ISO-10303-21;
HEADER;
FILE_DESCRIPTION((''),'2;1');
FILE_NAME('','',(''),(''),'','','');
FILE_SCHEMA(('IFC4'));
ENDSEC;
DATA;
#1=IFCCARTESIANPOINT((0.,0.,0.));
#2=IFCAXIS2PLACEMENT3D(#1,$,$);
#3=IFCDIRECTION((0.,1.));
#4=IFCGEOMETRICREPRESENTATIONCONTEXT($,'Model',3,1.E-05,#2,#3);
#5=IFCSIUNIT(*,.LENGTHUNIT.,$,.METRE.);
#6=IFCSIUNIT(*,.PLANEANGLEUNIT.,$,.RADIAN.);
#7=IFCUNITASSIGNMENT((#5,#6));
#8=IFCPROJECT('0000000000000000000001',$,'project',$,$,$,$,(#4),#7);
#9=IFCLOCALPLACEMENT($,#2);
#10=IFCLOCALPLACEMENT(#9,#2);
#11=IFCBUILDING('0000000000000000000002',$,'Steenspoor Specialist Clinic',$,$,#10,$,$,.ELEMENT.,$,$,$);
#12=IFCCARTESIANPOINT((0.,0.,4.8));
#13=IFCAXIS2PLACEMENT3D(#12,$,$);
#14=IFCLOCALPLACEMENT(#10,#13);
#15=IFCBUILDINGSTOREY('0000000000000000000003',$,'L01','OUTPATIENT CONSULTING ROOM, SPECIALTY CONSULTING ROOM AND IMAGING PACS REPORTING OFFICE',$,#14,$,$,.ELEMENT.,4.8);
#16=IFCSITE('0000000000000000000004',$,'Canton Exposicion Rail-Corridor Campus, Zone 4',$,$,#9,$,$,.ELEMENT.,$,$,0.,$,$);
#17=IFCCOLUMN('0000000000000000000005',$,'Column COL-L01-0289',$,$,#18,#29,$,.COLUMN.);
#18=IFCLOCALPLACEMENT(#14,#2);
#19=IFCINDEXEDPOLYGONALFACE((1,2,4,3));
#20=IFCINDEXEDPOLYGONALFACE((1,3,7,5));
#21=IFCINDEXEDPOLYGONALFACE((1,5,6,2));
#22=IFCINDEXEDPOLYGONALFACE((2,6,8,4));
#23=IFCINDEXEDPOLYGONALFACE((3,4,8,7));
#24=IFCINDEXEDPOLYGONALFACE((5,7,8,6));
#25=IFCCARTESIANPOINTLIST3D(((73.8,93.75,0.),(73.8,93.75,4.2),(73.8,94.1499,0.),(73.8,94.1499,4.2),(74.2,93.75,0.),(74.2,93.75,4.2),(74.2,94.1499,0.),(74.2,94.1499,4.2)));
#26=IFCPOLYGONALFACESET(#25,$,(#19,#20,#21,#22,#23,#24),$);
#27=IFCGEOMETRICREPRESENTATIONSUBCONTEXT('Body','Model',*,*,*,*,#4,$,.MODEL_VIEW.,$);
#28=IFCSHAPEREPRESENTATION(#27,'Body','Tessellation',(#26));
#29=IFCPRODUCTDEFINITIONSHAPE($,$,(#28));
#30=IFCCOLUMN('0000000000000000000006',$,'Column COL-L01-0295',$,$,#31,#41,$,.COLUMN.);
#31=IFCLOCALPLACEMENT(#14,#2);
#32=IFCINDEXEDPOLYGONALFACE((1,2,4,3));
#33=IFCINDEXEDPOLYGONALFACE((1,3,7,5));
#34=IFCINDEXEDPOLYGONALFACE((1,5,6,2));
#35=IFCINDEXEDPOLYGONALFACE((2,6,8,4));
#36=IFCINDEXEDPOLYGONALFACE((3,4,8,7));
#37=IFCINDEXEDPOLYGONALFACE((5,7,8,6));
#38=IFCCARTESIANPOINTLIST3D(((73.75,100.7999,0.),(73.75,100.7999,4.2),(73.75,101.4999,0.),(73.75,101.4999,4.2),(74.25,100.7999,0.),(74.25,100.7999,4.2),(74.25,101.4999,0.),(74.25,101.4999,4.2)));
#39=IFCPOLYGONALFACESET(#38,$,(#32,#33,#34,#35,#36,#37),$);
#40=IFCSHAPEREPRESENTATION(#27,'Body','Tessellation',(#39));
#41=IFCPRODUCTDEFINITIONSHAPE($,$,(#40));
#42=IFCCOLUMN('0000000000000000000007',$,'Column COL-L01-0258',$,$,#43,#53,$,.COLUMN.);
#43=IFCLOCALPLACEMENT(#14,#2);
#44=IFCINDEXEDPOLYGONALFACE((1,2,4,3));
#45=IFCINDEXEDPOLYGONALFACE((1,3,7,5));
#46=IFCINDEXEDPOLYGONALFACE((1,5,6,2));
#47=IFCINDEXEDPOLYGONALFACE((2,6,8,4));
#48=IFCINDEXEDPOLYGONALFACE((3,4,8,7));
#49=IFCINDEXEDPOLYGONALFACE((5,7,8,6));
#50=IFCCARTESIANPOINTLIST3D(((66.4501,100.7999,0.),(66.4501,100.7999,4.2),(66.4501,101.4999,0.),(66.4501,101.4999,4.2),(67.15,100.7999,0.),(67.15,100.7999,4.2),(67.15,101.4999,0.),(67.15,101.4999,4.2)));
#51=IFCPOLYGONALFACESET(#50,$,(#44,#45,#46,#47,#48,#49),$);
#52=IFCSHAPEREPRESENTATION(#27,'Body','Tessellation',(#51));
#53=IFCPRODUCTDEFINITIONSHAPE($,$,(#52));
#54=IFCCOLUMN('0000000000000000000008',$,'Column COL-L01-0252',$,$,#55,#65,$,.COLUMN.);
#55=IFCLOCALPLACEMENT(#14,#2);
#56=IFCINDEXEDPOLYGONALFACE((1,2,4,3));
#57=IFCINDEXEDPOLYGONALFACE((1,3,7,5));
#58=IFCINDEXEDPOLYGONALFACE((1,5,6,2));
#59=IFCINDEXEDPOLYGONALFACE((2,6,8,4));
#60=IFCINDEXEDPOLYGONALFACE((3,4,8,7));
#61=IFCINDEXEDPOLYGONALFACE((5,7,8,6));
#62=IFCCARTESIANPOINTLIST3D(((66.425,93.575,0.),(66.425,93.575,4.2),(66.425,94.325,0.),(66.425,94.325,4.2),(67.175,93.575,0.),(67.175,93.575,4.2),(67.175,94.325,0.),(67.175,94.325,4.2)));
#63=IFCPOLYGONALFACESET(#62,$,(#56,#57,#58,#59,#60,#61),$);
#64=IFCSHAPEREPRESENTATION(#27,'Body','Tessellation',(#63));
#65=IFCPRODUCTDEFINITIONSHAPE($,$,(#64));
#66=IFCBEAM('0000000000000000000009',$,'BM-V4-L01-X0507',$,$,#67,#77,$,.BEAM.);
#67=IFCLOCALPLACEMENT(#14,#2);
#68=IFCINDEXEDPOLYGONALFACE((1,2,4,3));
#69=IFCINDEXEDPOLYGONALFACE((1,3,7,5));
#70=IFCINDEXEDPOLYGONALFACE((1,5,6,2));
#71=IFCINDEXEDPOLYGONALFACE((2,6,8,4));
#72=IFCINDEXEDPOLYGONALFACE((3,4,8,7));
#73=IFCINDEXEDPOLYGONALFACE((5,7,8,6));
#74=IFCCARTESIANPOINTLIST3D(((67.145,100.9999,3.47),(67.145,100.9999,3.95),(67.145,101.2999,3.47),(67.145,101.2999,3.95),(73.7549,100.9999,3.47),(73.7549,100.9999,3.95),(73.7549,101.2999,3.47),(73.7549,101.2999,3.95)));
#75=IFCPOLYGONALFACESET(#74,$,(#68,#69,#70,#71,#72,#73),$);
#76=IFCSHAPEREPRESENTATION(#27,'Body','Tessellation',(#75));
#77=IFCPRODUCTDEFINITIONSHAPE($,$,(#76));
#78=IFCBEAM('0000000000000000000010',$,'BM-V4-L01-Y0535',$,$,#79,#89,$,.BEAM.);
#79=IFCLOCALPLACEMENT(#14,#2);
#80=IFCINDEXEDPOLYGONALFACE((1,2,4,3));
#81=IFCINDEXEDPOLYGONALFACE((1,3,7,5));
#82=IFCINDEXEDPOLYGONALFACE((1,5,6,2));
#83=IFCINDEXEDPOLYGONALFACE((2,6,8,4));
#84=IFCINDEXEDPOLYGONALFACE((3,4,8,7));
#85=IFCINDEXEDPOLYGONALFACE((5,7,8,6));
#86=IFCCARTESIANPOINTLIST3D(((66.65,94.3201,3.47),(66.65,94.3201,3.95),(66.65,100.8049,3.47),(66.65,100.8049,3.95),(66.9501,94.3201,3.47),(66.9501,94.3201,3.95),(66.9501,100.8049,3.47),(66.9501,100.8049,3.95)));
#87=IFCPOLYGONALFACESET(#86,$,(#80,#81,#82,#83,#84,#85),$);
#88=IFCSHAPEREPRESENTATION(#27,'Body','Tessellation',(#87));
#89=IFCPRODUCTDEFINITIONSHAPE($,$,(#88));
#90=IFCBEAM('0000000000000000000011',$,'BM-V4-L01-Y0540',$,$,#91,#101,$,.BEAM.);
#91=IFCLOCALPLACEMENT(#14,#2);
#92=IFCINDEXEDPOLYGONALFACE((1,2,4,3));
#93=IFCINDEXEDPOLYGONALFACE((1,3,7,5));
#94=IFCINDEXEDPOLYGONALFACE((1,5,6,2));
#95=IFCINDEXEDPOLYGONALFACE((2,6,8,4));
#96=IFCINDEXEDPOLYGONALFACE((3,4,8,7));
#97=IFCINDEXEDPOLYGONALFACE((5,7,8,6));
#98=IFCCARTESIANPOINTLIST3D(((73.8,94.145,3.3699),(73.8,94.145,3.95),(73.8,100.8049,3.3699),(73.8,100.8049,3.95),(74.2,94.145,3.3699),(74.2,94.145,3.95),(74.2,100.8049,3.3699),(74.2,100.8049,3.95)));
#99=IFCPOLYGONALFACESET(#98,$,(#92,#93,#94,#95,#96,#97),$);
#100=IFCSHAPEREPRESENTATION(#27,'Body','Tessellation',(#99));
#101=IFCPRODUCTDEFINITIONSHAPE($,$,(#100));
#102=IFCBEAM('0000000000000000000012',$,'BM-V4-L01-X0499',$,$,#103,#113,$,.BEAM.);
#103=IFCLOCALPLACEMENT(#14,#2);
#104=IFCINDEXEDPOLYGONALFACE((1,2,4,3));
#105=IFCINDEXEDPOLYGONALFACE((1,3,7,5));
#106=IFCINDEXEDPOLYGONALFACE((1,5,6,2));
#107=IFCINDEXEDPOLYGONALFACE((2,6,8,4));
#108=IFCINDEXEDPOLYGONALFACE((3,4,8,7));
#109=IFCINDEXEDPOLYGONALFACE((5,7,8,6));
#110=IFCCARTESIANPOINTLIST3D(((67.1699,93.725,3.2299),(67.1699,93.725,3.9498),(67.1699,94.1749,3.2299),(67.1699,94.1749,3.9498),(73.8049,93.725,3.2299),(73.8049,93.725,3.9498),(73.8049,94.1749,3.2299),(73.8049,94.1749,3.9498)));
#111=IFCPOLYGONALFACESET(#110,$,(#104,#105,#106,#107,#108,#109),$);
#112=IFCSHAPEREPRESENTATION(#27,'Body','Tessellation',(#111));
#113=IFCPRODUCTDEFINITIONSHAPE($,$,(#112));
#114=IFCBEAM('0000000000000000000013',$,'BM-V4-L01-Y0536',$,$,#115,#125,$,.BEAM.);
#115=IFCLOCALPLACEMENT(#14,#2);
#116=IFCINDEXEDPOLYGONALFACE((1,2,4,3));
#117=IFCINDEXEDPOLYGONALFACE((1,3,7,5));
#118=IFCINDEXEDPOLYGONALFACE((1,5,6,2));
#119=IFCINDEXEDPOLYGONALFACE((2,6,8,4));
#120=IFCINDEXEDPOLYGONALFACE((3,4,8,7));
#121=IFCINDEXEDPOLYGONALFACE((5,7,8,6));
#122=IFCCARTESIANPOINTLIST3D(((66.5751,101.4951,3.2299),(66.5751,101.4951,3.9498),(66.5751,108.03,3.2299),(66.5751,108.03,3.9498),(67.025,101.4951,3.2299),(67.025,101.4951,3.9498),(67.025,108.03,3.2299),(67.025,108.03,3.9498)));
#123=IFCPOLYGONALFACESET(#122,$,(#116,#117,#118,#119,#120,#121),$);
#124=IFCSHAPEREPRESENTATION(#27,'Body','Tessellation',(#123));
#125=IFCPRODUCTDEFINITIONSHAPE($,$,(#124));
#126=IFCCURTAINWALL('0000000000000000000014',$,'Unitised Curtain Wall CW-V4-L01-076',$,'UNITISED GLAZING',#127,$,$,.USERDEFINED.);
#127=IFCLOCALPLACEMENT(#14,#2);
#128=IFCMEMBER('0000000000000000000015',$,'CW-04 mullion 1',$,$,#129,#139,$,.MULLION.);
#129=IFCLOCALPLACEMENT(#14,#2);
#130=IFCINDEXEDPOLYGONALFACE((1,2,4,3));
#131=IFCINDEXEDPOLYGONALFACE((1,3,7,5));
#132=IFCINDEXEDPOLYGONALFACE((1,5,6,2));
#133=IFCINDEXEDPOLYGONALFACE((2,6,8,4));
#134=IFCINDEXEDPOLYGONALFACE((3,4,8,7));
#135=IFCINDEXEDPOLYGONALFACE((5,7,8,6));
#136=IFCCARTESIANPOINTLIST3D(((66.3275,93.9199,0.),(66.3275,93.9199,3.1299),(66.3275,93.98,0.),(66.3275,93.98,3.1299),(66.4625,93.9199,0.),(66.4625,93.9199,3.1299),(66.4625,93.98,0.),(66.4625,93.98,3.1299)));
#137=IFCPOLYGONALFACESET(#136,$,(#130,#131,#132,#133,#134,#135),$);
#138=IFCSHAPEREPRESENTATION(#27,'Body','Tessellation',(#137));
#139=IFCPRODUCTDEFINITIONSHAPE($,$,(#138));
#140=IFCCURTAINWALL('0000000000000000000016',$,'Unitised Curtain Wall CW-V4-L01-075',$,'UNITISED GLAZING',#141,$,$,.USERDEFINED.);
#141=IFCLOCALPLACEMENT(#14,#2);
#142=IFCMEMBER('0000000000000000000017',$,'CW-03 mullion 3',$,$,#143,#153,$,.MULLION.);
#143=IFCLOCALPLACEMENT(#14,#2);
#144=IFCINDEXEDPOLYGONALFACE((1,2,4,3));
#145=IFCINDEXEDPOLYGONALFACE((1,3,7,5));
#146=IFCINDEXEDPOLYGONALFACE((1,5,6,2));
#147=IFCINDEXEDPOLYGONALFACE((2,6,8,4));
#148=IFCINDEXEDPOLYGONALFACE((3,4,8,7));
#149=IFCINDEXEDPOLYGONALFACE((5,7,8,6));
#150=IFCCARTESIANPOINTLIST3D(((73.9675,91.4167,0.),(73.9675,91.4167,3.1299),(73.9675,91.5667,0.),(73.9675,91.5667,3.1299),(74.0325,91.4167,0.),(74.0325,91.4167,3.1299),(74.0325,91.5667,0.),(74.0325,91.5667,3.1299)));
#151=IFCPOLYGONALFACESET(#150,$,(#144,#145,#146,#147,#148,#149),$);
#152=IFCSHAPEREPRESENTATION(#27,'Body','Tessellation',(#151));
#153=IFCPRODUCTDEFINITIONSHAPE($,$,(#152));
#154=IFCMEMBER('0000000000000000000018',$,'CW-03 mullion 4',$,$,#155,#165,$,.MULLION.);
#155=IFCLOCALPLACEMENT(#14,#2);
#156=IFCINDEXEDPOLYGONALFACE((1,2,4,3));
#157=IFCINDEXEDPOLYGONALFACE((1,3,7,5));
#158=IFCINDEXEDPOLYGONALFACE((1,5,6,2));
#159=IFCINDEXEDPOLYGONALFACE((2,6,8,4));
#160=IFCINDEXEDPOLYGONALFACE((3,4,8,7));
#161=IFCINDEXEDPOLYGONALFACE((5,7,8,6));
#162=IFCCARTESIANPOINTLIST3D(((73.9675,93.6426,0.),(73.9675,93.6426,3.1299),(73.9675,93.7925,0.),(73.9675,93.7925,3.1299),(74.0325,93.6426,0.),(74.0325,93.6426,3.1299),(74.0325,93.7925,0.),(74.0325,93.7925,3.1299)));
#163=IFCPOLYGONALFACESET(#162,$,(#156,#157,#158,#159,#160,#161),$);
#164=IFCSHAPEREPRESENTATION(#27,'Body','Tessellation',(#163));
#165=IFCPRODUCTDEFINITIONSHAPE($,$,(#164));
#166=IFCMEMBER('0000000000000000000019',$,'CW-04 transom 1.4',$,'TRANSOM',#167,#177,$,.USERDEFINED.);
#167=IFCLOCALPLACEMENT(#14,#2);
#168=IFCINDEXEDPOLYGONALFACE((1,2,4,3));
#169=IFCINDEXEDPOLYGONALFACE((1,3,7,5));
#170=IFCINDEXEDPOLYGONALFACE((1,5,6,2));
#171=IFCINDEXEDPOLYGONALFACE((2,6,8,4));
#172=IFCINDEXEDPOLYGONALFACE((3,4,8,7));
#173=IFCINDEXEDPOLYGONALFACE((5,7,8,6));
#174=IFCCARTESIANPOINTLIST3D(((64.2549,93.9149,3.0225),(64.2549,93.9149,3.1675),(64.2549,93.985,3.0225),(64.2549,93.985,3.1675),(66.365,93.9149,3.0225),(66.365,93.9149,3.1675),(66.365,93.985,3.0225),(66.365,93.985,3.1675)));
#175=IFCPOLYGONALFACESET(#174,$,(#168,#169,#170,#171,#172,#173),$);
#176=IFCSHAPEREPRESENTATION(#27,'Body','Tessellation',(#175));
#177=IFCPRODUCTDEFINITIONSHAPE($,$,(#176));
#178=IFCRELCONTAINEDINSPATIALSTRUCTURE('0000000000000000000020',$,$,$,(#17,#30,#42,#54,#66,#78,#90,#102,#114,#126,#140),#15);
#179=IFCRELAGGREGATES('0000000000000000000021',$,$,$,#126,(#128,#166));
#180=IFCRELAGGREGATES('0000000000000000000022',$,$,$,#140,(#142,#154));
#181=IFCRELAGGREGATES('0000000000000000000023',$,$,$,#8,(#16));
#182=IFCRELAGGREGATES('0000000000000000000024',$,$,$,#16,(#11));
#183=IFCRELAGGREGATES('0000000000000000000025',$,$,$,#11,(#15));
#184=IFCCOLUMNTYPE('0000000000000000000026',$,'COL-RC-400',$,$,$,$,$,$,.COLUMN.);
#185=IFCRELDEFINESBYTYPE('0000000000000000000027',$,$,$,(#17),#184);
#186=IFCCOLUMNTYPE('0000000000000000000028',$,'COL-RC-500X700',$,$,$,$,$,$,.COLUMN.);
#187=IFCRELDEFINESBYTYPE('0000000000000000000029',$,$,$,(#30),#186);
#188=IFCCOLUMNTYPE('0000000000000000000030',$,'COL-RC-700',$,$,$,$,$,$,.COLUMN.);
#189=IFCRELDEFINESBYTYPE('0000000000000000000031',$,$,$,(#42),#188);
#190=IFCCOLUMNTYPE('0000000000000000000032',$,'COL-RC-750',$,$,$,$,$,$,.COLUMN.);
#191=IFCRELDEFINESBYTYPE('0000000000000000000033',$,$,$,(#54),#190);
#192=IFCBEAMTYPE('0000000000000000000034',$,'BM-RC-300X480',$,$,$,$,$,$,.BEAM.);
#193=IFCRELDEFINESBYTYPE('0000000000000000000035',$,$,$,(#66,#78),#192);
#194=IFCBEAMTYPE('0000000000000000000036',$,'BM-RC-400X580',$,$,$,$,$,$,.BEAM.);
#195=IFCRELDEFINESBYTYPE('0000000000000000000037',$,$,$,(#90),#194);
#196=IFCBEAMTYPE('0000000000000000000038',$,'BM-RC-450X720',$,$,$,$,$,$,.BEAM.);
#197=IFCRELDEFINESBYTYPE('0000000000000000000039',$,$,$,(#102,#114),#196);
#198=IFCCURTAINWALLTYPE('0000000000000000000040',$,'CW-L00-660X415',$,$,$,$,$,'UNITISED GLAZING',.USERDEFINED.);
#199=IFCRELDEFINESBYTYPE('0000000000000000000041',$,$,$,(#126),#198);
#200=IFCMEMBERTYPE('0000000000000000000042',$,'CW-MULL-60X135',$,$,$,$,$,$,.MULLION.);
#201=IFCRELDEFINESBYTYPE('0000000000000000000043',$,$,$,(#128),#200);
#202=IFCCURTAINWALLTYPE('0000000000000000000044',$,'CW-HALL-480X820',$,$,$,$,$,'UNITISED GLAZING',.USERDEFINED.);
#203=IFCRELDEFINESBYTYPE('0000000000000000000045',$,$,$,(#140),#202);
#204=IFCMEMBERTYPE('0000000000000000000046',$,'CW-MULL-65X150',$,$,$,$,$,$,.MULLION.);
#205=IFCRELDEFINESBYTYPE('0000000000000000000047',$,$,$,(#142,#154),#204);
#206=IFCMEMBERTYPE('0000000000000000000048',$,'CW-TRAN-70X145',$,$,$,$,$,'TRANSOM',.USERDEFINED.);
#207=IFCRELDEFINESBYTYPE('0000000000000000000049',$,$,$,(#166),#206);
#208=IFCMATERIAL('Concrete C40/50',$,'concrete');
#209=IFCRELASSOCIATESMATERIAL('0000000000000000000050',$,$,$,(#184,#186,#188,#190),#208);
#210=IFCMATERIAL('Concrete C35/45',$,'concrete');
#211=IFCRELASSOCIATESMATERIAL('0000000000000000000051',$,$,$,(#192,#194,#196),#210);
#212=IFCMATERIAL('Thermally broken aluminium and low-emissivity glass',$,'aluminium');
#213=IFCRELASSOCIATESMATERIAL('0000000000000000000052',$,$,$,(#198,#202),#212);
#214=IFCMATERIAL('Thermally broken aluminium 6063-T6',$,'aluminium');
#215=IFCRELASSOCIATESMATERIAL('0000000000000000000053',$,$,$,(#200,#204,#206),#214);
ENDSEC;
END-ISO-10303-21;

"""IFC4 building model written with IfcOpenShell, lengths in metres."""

from ifc_helpers import new_model, si_unit, direction, frame, origin, origin_2d, place, context, subcontext, project, spatial, rectangle, extrude, material, material_profile, profile_set, type_object, element, aggregate, save


model = new_model("IFC4")

# Units and contexts
model_context = context("Model", 3, precision=1e-05, world=origin(), true_north=direction((0.0, 1.0)))
body_context = subcontext(model_context, "Body", "Model", "MODEL_VIEW")
ifc_project = project(units=[si_unit("LENGTHUNIT", "METRE"), si_unit("PLANEANGLEUNIT", "RADIAN")], contexts=[model_context])

# Site, building, storey
site_placement = place(None, origin())
site = spatial("IfcSite", under=ifc_project, at=site_placement, Name="Canton Exposicion Rail-Corridor Campus, Zone 4", CompositionType="ELEMENT", RefElevation=0.0)
building_placement = place(site_placement, origin())
building = spatial("IfcBuilding", under=site, at=building_placement, Name="Steenspoor Specialist Clinic", CompositionType="ELEMENT")
storey_placement = place(building_placement, frame((0.0, 0.0, 4.8)))
storey = spatial("IfcBuildingStorey", under=building, at=storey_placement, Name="L01", Description="OUTPATIENT CONSULTING ROOM, SPECIALTY CONSULTING ROOM AND IMAGING PACS REPORTING OFFICE", CompositionType="ELEMENT", Elevation=4.8)

# Columns
ifc_material_1 = material(Name="Concrete C40/50", Category="concrete")
ifc_material_profile_1 = material_profile(ifc_material_1, rectangle(XDim=0.3999, YDim=0.3999, at=origin_2d()), Name="RC-COL-400X400")
ifc_profile_set_1 = profile_set([ifc_material_profile_1], Name="Concrete C40/50")
column_type_1 = type_object("IfcColumnType", Name="COL-RC-400", PredefinedType="COLUMN", material=ifc_profile_set_1)
column_1_placement = place(storey_placement, frame((74.0, 93.95, 0.0), z_axis=(0.0, 0.0, 1.0), x_axis=(1.0, 0.0, 0.0)))
element("IfcColumn", 1, at=column_1_placement, inside=storey, type_object=column_type_1, Name="Column COL-L01-0289", PredefinedType="COLUMN", context=body_context, shape_type="SweptSolid", body=[
    extrude(rectangle(XDim=0.3999, YDim=0.3999, at=origin_2d()), origin(), (0.0, 0.0, 1.0), 4.2),
])
ifc_material_profile_2 = material_profile(ifc_material_1, rectangle(XDim=0.5, YDim=0.7, at=origin_2d()), Name="RC-COL-500X700")
ifc_profile_set_2 = profile_set([ifc_material_profile_2], Name="Concrete C40/50")
column_type_2 = type_object("IfcColumnType", Name="COL-RC-500X700", PredefinedType="COLUMN", material=ifc_profile_set_2)
column_2_placement = place(storey_placement, frame((74.0, 101.1499, 0.0), z_axis=(0.0, 0.0, 1.0), x_axis=(1.0, 0.0, 0.0)))
element("IfcColumn", 2, at=column_2_placement, inside=storey, type_object=column_type_2, Name="Column COL-L01-0295", PredefinedType="COLUMN", context=body_context, shape_type="SweptSolid", body=[
    extrude(rectangle(XDim=0.5, YDim=0.7, at=origin_2d()), origin(), (0.0, 0.0, 1.0), 4.2),
])
ifc_material_profile_3 = material_profile(ifc_material_1, rectangle(XDim=0.7, YDim=0.7, at=origin_2d()), Name="RC-COL-700X700")
ifc_profile_set_3 = profile_set([ifc_material_profile_3], Name="Concrete C40/50")
column_type_3 = type_object("IfcColumnType", Name="COL-RC-700", PredefinedType="COLUMN", material=ifc_profile_set_3)
column_3_placement = place(storey_placement, frame((66.8, 101.1499, 0.0), z_axis=(0.0, 0.0, 1.0), x_axis=(1.0, 0.0, 0.0)))
element("IfcColumn", 3, at=column_3_placement, inside=storey, type_object=column_type_3, Name="Column COL-L01-0258", PredefinedType="COLUMN", context=body_context, shape_type="SweptSolid", body=[
    extrude(rectangle(XDim=0.7, YDim=0.7, at=origin_2d()), origin(), (0.0, 0.0, 1.0), 4.2),
])
ifc_material_profile_4 = material_profile(ifc_material_1, rectangle(XDim=0.75, YDim=0.75, at=origin_2d()), Name="RC-COL-750X750")
ifc_profile_set_4 = profile_set([ifc_material_profile_4], Name="Concrete C40/50")
column_type_4 = type_object("IfcColumnType", Name="COL-RC-750", PredefinedType="COLUMN", material=ifc_profile_set_4)
column_4_placement = place(storey_placement, frame((66.8, 93.95, 0.0), z_axis=(0.0, 0.0, 1.0), x_axis=(1.0, 0.0, 0.0)))
element("IfcColumn", 4, at=column_4_placement, inside=storey, type_object=column_type_4, Name="Column COL-L01-0252", PredefinedType="COLUMN", context=body_context, shape_type="SweptSolid", body=[
    extrude(rectangle(XDim=0.75, YDim=0.75, at=origin_2d()), origin(), (0.0, 0.0, 1.0), 4.2),
])

# Beams
ifc_material_2 = material(Name="Concrete C35/45", Category="concrete")
ifc_material_profile_5 = material_profile(ifc_material_2, rectangle(XDim=0.3, YDim=0.48, at=origin_2d()), Name="RC-BM-300X480")
ifc_profile_set_5 = profile_set([ifc_material_profile_5], Name="Concrete C35/45")
beam_type_1 = type_object("IfcBeamType", Name="BM-RC-300X480", PredefinedType="BEAM", material=ifc_profile_set_5)
beam_1_placement = place(storey_placement, frame((67.145, 101.1499, 3.71), z_axis=(1.0, 0.0, 0.0), x_axis=(0.0, 1.0, 0.0)))
element("IfcBeam", 5, at=beam_1_placement, inside=storey, type_object=beam_type_1, Name="BM-V4-L01-X0507", PredefinedType="BEAM", context=body_context, shape_type="SweptSolid", body=[
    extrude(rectangle(XDim=0.3, YDim=0.48, at=origin_2d()), origin(), (0.0, 0.0, 1.0), 6.6099),
])
beam_2_placement = place(storey_placement, frame((66.8, 94.3201, 3.71), z_axis=(0.0, 1.0, 0.0), x_axis=(-1.0, 0.0, 0.0)))
element("IfcBeam", 6, at=beam_2_placement, inside=storey, type_object=beam_type_1, Name="BM-V4-L01-Y0535", PredefinedType="BEAM", context=body_context, shape_type="SweptSolid", body=[
    extrude(rectangle(XDim=0.3, YDim=0.48, at=origin_2d()), origin(), (0.0, 0.0, 1.0), 6.4849),
])
ifc_material_profile_6 = material_profile(ifc_material_2, rectangle(XDim=0.3999, YDim=0.5801, at=origin_2d()), Name="RC-BM-400X580")
ifc_profile_set_6 = profile_set([ifc_material_profile_6], Name="Concrete C35/45")
beam_type_2 = type_object("IfcBeamType", Name="BM-RC-400X580", PredefinedType="BEAM", material=ifc_profile_set_6)
beam_3_placement = place(storey_placement, frame((74.0, 94.145, 3.6599), z_axis=(0.0, 1.0, 0.0), x_axis=(-1.0, 0.0, 0.0)))
element("IfcBeam", 7, at=beam_3_placement, inside=storey, type_object=beam_type_2, Name="BM-V4-L01-Y0540", PredefinedType="BEAM", context=body_context, shape_type="SweptSolid", body=[
    extrude(rectangle(XDim=0.3999, YDim=0.5801, at=origin_2d()), origin(), (0.0, 0.0, 1.0), 6.6599),
])
ifc_material_profile_7 = material_profile(ifc_material_2, rectangle(XDim=0.45, YDim=0.72, at=origin_2d()), Name="RC-BM-450X720")
ifc_profile_set_7 = profile_set([ifc_material_profile_7], Name="Concrete C35/45")
beam_type_3 = type_object("IfcBeamType", Name="BM-RC-450X720", PredefinedType="BEAM", material=ifc_profile_set_7)
beam_4_placement = place(storey_placement, frame((67.1699, 93.95, 3.5898), z_axis=(1.0, 0.0, 0.0), x_axis=(0.0, 1.0, 0.0)))
element("IfcBeam", 8, at=beam_4_placement, inside=storey, type_object=beam_type_3, Name="BM-V4-L01-X0499", PredefinedType="BEAM", context=body_context, shape_type="SweptSolid", body=[
    extrude(rectangle(XDim=0.45, YDim=0.72, at=origin_2d()), origin(), (0.0, 0.0, 1.0), 6.635),
])
beam_5_placement = place(storey_placement, frame((66.8, 101.4951, 3.5898), z_axis=(0.0, 1.0, 0.0), x_axis=(-1.0, 0.0, 0.0)))
element("IfcBeam", 9, at=beam_5_placement, inside=storey, type_object=beam_type_3, Name="BM-V4-L01-Y0536", PredefinedType="BEAM", context=body_context, shape_type="SweptSolid", body=[
    extrude(rectangle(XDim=0.45, YDim=0.72, at=origin_2d()), origin(), (0.0, 0.0, 1.0), 6.5349),
])

# Curtain wall, member
ifc_material_3 = material(Name="Thermally broken aluminium and low-emissivity glass", Category="aluminium")
curtain_wall_type_1 = type_object("IfcCurtainWallType", Name="CW-L00-660X415", ElementType="UNITISED GLAZING", PredefinedType="USERDEFINED", material=ifc_material_3)
curtain_wall_1_placement = place(storey_placement, origin())
curtain_wall_1 = element("IfcCurtainWall", 10, at=curtain_wall_1_placement, inside=storey, type_object=curtain_wall_type_1, Name="Unitised Curtain Wall CW-V4-L01-076", ObjectType="UNITISED GLAZING", PredefinedType="USERDEFINED")
ifc_material_4 = material(Name="Thermally broken aluminium 6063-T6", Category="aluminium")
ifc_material_profile_8 = material_profile(ifc_material_4, rectangle(XDim=0.0601, YDim=0.135, at=origin_2d()), Name="CWM-60X135")
ifc_profile_set_8 = profile_set([ifc_material_profile_8], Name="Thermally broken aluminium 6063-T6")
member_type_1 = type_object("IfcMemberType", Name="CW-MULL-60X135", PredefinedType="MULLION", material=ifc_profile_set_8)
member_1_placement = place(storey_placement, frame((66.395, 93.95, 0.0), z_axis=(0.0, 0.0, 1.0), x_axis=(0.0, -1.0, 0.0)))
member_1 = element("IfcMember", 11, at=member_1_placement, type_object=member_type_1, Name="CW-04 mullion 1", PredefinedType="MULLION", context=body_context, shape_type="SweptSolid", body=[
    extrude(rectangle(XDim=0.0601, YDim=0.135, at=origin_2d()), origin(), (0.0, 0.0, 1.0), 3.1299),
])

# Curtain wall, members
curtain_wall_type_2 = type_object("IfcCurtainWallType", Name="CW-HALL-480X820", ElementType="UNITISED GLAZING", PredefinedType="USERDEFINED", material=ifc_material_3)
curtain_wall_2_placement = place(storey_placement, origin())
curtain_wall_2 = element("IfcCurtainWall", 12, at=curtain_wall_2_placement, inside=storey, type_object=curtain_wall_type_2, Name="Unitised Curtain Wall CW-V4-L01-075", ObjectType="UNITISED GLAZING", PredefinedType="USERDEFINED")
ifc_material_profile_9 = material_profile(ifc_material_4, rectangle(XDim=0.0649, YDim=0.1499, at=origin_2d()), Name="CWM-65X150")
ifc_profile_set_9 = profile_set([ifc_material_profile_9], Name="Thermally broken aluminium 6063-T6")
member_type_2 = type_object("IfcMemberType", Name="CW-MULL-65X150", PredefinedType="MULLION", material=ifc_profile_set_9)
member_2_placement = place(storey_placement, frame((74.0, 91.4917, 0.0), z_axis=(0.0, 0.0, 1.0), x_axis=(-1.0, 0.0, 0.0)))
member_2 = element("IfcMember", 13, at=member_2_placement, type_object=member_type_2, Name="CW-03 mullion 3", PredefinedType="MULLION", context=body_context, shape_type="SweptSolid", body=[
    extrude(rectangle(XDim=0.0649, YDim=0.1499, at=origin_2d()), origin(), (0.0, 0.0, 1.0), 3.1299),
])
member_3_placement = place(storey_placement, frame((74.0, 93.7175, 0.0), z_axis=(0.0, 0.0, 1.0), x_axis=(-1.0, 0.0, 0.0)))
member_3 = element("IfcMember", 14, at=member_3_placement, type_object=member_type_2, Name="CW-03 mullion 4", PredefinedType="MULLION", context=body_context, shape_type="SweptSolid", body=[
    extrude(rectangle(XDim=0.0649, YDim=0.1499, at=origin_2d()), origin(), (0.0, 0.0, 1.0), 3.1299),
])

# Member
ifc_material_profile_10 = material_profile(ifc_material_4, rectangle(XDim=0.0701, YDim=0.145, at=origin_2d()), Name="CWT-70X145")
ifc_profile_set_10 = profile_set([ifc_material_profile_10], Name="Thermally broken aluminium 6063-T6")
member_type_3 = type_object("IfcMemberType", Name="CW-TRAN-70X145", ElementType="TRANSOM", PredefinedType="USERDEFINED", material=ifc_profile_set_10)
member_4_placement = place(storey_placement, frame((66.365, 93.95, 3.095), z_axis=(-1.0, 0.0, 0.0), x_axis=(0.0, -1.0, 0.0)))
member_4 = element("IfcMember", 15, at=member_4_placement, type_object=member_type_3, Name="CW-04 transom 1.4", ObjectType="TRANSOM", PredefinedType="USERDEFINED", context=body_context, shape_type="SweptSolid", body=[
    extrude(rectangle(XDim=0.0701, YDim=0.145, at=origin_2d()), origin(), (0.0, 0.0, 1.0), 2.1101),
])
aggregate(curtain_wall_1, [member_1, member_4])

aggregate(curtain_wall_2, [member_2, member_3])

save(model, "model.ifc")
